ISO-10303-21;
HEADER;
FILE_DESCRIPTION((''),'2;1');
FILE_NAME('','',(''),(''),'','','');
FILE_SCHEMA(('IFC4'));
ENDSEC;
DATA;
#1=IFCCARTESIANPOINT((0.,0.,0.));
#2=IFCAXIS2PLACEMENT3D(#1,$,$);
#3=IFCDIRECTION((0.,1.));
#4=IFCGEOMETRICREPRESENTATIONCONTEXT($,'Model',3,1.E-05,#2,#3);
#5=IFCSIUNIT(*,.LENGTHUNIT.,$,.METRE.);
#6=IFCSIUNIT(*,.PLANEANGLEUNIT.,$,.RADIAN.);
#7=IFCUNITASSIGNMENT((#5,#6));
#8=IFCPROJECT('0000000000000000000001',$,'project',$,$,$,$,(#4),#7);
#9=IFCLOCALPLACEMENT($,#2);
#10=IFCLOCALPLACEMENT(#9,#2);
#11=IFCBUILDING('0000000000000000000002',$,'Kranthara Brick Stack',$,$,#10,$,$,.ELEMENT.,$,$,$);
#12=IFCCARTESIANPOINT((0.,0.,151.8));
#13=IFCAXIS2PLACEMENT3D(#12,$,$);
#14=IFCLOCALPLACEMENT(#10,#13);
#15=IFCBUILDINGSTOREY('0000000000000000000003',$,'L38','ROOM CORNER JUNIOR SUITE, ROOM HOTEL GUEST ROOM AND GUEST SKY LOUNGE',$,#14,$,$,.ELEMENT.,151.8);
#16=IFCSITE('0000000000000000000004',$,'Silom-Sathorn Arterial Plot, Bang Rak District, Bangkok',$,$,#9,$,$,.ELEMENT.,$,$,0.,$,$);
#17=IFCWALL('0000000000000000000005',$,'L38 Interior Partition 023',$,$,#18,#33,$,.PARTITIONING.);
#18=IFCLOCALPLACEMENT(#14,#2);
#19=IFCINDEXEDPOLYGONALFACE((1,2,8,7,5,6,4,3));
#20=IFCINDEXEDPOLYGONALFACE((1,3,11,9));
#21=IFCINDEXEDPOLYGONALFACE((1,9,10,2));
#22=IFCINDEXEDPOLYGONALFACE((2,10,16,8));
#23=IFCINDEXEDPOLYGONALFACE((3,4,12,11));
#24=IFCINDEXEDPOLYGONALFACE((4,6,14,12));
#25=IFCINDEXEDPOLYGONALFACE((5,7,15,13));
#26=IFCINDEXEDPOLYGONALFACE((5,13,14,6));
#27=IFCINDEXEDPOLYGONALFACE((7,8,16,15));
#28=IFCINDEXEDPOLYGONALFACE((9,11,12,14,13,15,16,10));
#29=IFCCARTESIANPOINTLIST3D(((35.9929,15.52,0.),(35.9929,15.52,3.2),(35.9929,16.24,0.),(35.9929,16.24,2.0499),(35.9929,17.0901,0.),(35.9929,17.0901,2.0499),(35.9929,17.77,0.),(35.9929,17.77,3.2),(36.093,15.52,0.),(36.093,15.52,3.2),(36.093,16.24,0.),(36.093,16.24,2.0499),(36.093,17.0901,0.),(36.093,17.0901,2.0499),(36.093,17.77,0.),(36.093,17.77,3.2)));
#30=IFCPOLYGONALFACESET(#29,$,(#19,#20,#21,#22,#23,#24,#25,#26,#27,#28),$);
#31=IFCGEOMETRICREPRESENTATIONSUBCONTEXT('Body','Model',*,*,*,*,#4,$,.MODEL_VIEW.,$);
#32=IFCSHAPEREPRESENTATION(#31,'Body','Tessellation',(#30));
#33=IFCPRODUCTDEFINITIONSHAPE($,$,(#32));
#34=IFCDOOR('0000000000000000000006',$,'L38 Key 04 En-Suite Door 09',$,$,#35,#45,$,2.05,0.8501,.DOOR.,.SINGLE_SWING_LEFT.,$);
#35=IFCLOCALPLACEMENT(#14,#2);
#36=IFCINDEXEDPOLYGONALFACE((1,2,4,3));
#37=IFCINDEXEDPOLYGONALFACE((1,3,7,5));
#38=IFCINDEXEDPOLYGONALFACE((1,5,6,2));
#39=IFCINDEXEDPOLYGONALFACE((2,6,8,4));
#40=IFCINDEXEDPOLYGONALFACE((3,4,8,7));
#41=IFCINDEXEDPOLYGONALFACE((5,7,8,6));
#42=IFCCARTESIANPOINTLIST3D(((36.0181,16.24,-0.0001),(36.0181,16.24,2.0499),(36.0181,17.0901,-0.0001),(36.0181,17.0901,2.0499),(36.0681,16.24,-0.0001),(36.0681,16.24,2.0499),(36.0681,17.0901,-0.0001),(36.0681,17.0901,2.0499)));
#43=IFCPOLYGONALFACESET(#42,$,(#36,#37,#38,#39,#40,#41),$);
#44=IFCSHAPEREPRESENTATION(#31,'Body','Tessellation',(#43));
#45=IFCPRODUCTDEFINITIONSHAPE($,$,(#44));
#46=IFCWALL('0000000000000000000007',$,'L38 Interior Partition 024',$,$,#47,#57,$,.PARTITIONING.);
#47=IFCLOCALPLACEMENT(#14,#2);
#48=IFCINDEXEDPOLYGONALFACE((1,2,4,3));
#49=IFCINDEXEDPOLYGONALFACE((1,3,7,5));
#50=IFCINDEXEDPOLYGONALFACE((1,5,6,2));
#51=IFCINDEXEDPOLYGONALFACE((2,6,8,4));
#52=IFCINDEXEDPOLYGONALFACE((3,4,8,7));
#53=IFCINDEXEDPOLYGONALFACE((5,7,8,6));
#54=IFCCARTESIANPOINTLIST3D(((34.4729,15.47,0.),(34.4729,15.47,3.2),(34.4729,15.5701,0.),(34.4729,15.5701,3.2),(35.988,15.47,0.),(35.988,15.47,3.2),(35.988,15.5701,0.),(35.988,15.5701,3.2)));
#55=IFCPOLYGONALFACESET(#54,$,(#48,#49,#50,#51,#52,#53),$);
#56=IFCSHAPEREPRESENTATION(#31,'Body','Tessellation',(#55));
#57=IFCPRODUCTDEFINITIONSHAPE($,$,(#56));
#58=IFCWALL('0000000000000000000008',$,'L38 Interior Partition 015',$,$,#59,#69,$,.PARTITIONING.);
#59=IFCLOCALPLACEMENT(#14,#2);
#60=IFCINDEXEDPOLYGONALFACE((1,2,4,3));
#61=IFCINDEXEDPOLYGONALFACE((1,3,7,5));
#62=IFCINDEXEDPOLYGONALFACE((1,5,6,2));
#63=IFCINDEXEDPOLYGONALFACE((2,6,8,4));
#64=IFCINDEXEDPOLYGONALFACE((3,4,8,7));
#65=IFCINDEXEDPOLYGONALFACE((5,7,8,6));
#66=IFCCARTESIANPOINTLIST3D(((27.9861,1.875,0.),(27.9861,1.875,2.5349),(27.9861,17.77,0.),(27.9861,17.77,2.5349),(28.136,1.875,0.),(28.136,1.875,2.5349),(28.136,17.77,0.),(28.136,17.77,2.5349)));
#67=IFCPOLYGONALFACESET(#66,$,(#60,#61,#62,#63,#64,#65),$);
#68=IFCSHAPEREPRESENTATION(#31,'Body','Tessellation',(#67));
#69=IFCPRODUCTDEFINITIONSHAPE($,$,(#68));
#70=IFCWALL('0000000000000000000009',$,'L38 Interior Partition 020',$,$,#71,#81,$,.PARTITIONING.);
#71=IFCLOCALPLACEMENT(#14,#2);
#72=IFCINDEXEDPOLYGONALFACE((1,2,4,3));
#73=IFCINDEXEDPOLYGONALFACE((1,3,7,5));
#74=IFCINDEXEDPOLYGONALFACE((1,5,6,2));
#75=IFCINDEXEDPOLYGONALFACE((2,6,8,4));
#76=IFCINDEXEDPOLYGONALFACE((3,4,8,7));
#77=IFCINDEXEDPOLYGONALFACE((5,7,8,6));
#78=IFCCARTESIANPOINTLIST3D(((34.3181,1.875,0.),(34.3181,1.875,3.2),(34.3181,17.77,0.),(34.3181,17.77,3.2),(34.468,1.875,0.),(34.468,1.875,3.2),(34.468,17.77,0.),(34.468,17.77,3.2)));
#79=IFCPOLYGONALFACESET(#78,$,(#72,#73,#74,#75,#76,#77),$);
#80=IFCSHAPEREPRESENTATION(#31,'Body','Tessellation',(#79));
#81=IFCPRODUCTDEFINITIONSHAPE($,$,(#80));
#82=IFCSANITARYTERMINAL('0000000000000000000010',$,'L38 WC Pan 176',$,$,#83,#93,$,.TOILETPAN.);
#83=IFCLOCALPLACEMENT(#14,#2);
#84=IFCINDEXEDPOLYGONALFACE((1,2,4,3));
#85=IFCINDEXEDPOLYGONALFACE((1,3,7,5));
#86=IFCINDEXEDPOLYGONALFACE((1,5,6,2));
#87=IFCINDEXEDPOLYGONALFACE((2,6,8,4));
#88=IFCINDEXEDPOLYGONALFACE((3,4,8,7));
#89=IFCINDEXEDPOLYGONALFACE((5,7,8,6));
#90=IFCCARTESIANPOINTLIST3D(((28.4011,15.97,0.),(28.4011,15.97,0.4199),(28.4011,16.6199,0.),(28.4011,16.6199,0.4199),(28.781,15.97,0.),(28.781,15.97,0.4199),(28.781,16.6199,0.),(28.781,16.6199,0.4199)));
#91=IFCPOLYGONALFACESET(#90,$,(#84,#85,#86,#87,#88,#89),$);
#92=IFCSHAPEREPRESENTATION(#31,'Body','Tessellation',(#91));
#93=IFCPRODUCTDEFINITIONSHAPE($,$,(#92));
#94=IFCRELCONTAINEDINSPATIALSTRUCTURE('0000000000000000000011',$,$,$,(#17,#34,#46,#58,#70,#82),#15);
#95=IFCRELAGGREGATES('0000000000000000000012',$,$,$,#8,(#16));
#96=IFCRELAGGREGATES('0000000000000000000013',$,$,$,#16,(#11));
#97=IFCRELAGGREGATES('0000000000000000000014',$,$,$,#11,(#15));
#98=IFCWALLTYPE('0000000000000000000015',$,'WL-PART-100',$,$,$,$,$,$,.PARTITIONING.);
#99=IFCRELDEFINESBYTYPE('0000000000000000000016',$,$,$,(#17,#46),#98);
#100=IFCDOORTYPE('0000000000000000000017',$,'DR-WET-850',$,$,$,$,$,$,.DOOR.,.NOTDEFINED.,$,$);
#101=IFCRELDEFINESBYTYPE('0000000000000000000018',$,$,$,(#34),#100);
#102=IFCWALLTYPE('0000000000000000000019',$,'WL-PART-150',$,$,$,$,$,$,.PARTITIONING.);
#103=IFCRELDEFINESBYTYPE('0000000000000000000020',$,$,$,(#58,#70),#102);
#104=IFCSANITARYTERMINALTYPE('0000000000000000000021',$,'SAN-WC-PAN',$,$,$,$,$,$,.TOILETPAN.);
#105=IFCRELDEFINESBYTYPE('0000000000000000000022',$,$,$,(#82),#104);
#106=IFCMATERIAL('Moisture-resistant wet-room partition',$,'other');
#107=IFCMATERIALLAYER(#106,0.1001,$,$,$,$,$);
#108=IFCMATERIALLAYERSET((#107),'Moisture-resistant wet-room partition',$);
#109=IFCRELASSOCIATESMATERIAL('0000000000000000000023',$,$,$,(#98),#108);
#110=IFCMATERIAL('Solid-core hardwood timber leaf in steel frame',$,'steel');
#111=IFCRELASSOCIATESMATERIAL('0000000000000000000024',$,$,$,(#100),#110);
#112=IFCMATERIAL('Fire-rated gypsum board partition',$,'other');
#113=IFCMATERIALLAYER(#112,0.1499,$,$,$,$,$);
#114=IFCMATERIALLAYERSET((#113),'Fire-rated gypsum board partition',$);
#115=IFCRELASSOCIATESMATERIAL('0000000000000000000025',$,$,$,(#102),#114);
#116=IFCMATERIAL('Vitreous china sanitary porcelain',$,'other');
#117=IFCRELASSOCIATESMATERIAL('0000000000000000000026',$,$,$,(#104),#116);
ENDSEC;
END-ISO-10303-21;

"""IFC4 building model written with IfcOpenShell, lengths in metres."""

from ifc_helpers import new_model, si_unit, direction, frame, frame_2d, origin, origin_2d, place, context, subcontext, project, spatial, rectangle, extrude, material, layer, layer_set, type_object, element, fill, save


model = new_model("IFC4")

# Units and contexts
model_context = context("Model", 3, precision=1e-05, world=origin(), true_north=direction((0.0, 1.0)))
body_context = subcontext(model_context, "Body", "Model", "MODEL_VIEW")
ifc_project = project(units=[si_unit("LENGTHUNIT", "METRE"), si_unit("PLANEANGLEUNIT", "RADIAN")], contexts=[model_context])

# Site, building, storey
site_placement = place(None, origin())
site = spatial("IfcSite", under=ifc_project, at=site_placement, Name="Silom-Sathorn Arterial Plot, Bang Rak District, Bangkok", CompositionType="ELEMENT", RefElevation=0.0)
building_placement = place(site_placement, origin())
building = spatial("IfcBuilding", under=site, at=building_placement, Name="Kranthara Brick Stack", CompositionType="ELEMENT")
storey_placement = place(building_placement, frame((0.0, 0.0, 151.8)))
storey = spatial("IfcBuildingStorey", under=building, at=storey_placement, Name="L38", Description="ROOM CORNER JUNIOR SUITE, ROOM HOTEL GUEST ROOM AND GUEST SKY LOUNGE", CompositionType="ELEMENT", Elevation=151.8)

# Shared definitions
ifc_material_1 = material(Name="Moisture-resistant wet-room partition", Category="other")
ifc_layer_1 = layer(ifc_material_1, 0.1001)
ifc_layer_set_1 = layer_set([ifc_layer_1], Name="Moisture-resistant wet-room partition")
wall_type_1 = type_object("IfcWallType", Name="WL-PART-100", PredefinedType="PARTITIONING", material=ifc_layer_set_1)
ifc_material_2 = material(Name="Solid-core hardwood timber leaf in steel frame", Category="steel")
door_type = type_object("IfcDoorType", Name="DR-WET-850", OperationType="NOTDEFINED", PredefinedType="DOOR", material=ifc_material_2)

# Wall, opening, door
wall_1_placement = place(storey_placement, frame((36.043, 15.52, 0.0), z_axis=(0.0, 0.0, 1.0), x_axis=(0.0, 1.0, 0.0)))
wall_1 = element("IfcWall", 1, at=wall_1_placement, inside=storey, type_object=wall_type_1, Name="L38 Interior Partition 023", PredefinedType="PARTITIONING", context=body_context, shape_type="SweptSolid", body=[
    extrude(rectangle(XDim=2.25, YDim=0.1001, at=frame_2d((1.125, 0.0))), origin(), (0.0, 0.0, 1.0), 3.2),
])
opening_1_placement = place(wall_1_placement, frame((0.72, 0.0, 0.0)))
opening_1 = element("IfcOpeningElement", 2, at=opening_1_placement, cuts=wall_1, PredefinedType="OPENING", context=body_context, shape_type="SweptSolid", body=[
    extrude(rectangle(XDim=0.8501, YDim=2.05, at=frame_2d((0.425, 1.0249))), frame((0.0, 0.0601, 0.0), z_axis=(0.0, -1.0, 0.0), x_axis=(1.0, 0.0, 0.0)), (0.0, 0.0, 1.0), 0.1201),
])
door_1_placement = place(opening_1_placement, origin())
door_1 = element("IfcDoor", 3, at=door_1_placement, inside=storey, type_object=door_type, Name="L38 Key 04 En-Suite Door 09", OperationType="SINGLE_SWING_LEFT", OverallHeight=2.05, OverallWidth=0.8501, PredefinedType="DOOR", context=body_context, shape_type="SweptSolid", body=[
    extrude(rectangle(XDim=0.8501, YDim=2.05, at=frame_2d((0.425, 1.0249))), frame((0.0, 0.0249, 0.0), z_axis=(0.0, -1.0, 0.0), x_axis=(1.0, 0.0, 0.0)), (0.0, 0.0, 1.0), 0.05),
])
fill(opening_1, door_1)

# Walls
wall_2_placement = place(storey_placement, frame((34.4729, 15.52, 0.0), z_axis=(0.0, 0.0, 1.0), x_axis=(1.0, 0.0, 0.0)))
element("IfcWall", 4, at=wall_2_placement, inside=storey, type_object=wall_type_1, Name="L38 Interior Partition 024", PredefinedType="PARTITIONING", context=body_context, shape_type="SweptSolid", body=[
    extrude(rectangle(XDim=1.5151, YDim=0.1001, at=frame_2d((0.7576, 0.0))), origin(), (0.0, 0.0, 1.0), 3.2),
])
ifc_material_3 = material(Name="Fire-rated gypsum board partition", Category="other")
ifc_layer_2 = layer(ifc_material_3, 0.1499)
ifc_layer_set_2 = layer_set([ifc_layer_2], Name="Fire-rated gypsum board partition")
wall_type_2 = type_object("IfcWallType", Name="WL-PART-150", PredefinedType="PARTITIONING", material=ifc_layer_set_2)
wall_3_placement = place(storey_placement, frame((28.061, 1.875, 0.0), z_axis=(0.0, 0.0, 1.0), x_axis=(0.0, 1.0, 0.0)))
element("IfcWall", 5, at=wall_3_placement, inside=storey, type_object=wall_type_2, Name="L38 Interior Partition 015", PredefinedType="PARTITIONING", context=body_context, shape_type="SweptSolid", body=[
    extrude(rectangle(XDim=15.895, YDim=0.1499, at=frame_2d((7.9475, 0.0))), origin(), (0.0, 0.0, 1.0), 2.5349),
])
wall_4_placement = place(storey_placement, frame((34.3931, 1.875, 0.0), z_axis=(0.0, 0.0, 1.0), x_axis=(0.0, 1.0, 0.0)))
element("IfcWall", 6, at=wall_4_placement, inside=storey, type_object=wall_type_2, Name="L38 Interior Partition 020", PredefinedType="PARTITIONING", context=body_context, shape_type="SweptSolid", body=[
    extrude(rectangle(XDim=15.895, YDim=0.1499, at=frame_2d((7.9475, 0.0))), origin(), (0.0, 0.0, 1.0), 3.2),
])

# Sanitary terminal
ifc_material_4 = material(Name="Vitreous china sanitary porcelain", Category="other")
sanitary_terminal_type = type_object("IfcSanitaryTerminalType", Name="SAN-WC-PAN", PredefinedType="TOILETPAN", material=ifc_material_4)
sanitary_terminal_placement = place(storey_placement, frame((28.5911, 16.2949, 0.0), z_axis=(0.0, 0.0, 1.0), x_axis=(1.0, 0.0, 0.0)))
element("IfcSanitaryTerminal", 7, at=sanitary_terminal_placement, inside=storey, type_object=sanitary_terminal_type, Name="L38 WC Pan 176", PredefinedType="TOILETPAN", context=body_context, shape_type="SweptSolid", body=[
    extrude(rectangle(XDim=0.3799, YDim=0.6499, at=origin_2d()), origin(), (0.0, 0.0, 1.0), 0.4199),
])

save(model, "model.ifc")
